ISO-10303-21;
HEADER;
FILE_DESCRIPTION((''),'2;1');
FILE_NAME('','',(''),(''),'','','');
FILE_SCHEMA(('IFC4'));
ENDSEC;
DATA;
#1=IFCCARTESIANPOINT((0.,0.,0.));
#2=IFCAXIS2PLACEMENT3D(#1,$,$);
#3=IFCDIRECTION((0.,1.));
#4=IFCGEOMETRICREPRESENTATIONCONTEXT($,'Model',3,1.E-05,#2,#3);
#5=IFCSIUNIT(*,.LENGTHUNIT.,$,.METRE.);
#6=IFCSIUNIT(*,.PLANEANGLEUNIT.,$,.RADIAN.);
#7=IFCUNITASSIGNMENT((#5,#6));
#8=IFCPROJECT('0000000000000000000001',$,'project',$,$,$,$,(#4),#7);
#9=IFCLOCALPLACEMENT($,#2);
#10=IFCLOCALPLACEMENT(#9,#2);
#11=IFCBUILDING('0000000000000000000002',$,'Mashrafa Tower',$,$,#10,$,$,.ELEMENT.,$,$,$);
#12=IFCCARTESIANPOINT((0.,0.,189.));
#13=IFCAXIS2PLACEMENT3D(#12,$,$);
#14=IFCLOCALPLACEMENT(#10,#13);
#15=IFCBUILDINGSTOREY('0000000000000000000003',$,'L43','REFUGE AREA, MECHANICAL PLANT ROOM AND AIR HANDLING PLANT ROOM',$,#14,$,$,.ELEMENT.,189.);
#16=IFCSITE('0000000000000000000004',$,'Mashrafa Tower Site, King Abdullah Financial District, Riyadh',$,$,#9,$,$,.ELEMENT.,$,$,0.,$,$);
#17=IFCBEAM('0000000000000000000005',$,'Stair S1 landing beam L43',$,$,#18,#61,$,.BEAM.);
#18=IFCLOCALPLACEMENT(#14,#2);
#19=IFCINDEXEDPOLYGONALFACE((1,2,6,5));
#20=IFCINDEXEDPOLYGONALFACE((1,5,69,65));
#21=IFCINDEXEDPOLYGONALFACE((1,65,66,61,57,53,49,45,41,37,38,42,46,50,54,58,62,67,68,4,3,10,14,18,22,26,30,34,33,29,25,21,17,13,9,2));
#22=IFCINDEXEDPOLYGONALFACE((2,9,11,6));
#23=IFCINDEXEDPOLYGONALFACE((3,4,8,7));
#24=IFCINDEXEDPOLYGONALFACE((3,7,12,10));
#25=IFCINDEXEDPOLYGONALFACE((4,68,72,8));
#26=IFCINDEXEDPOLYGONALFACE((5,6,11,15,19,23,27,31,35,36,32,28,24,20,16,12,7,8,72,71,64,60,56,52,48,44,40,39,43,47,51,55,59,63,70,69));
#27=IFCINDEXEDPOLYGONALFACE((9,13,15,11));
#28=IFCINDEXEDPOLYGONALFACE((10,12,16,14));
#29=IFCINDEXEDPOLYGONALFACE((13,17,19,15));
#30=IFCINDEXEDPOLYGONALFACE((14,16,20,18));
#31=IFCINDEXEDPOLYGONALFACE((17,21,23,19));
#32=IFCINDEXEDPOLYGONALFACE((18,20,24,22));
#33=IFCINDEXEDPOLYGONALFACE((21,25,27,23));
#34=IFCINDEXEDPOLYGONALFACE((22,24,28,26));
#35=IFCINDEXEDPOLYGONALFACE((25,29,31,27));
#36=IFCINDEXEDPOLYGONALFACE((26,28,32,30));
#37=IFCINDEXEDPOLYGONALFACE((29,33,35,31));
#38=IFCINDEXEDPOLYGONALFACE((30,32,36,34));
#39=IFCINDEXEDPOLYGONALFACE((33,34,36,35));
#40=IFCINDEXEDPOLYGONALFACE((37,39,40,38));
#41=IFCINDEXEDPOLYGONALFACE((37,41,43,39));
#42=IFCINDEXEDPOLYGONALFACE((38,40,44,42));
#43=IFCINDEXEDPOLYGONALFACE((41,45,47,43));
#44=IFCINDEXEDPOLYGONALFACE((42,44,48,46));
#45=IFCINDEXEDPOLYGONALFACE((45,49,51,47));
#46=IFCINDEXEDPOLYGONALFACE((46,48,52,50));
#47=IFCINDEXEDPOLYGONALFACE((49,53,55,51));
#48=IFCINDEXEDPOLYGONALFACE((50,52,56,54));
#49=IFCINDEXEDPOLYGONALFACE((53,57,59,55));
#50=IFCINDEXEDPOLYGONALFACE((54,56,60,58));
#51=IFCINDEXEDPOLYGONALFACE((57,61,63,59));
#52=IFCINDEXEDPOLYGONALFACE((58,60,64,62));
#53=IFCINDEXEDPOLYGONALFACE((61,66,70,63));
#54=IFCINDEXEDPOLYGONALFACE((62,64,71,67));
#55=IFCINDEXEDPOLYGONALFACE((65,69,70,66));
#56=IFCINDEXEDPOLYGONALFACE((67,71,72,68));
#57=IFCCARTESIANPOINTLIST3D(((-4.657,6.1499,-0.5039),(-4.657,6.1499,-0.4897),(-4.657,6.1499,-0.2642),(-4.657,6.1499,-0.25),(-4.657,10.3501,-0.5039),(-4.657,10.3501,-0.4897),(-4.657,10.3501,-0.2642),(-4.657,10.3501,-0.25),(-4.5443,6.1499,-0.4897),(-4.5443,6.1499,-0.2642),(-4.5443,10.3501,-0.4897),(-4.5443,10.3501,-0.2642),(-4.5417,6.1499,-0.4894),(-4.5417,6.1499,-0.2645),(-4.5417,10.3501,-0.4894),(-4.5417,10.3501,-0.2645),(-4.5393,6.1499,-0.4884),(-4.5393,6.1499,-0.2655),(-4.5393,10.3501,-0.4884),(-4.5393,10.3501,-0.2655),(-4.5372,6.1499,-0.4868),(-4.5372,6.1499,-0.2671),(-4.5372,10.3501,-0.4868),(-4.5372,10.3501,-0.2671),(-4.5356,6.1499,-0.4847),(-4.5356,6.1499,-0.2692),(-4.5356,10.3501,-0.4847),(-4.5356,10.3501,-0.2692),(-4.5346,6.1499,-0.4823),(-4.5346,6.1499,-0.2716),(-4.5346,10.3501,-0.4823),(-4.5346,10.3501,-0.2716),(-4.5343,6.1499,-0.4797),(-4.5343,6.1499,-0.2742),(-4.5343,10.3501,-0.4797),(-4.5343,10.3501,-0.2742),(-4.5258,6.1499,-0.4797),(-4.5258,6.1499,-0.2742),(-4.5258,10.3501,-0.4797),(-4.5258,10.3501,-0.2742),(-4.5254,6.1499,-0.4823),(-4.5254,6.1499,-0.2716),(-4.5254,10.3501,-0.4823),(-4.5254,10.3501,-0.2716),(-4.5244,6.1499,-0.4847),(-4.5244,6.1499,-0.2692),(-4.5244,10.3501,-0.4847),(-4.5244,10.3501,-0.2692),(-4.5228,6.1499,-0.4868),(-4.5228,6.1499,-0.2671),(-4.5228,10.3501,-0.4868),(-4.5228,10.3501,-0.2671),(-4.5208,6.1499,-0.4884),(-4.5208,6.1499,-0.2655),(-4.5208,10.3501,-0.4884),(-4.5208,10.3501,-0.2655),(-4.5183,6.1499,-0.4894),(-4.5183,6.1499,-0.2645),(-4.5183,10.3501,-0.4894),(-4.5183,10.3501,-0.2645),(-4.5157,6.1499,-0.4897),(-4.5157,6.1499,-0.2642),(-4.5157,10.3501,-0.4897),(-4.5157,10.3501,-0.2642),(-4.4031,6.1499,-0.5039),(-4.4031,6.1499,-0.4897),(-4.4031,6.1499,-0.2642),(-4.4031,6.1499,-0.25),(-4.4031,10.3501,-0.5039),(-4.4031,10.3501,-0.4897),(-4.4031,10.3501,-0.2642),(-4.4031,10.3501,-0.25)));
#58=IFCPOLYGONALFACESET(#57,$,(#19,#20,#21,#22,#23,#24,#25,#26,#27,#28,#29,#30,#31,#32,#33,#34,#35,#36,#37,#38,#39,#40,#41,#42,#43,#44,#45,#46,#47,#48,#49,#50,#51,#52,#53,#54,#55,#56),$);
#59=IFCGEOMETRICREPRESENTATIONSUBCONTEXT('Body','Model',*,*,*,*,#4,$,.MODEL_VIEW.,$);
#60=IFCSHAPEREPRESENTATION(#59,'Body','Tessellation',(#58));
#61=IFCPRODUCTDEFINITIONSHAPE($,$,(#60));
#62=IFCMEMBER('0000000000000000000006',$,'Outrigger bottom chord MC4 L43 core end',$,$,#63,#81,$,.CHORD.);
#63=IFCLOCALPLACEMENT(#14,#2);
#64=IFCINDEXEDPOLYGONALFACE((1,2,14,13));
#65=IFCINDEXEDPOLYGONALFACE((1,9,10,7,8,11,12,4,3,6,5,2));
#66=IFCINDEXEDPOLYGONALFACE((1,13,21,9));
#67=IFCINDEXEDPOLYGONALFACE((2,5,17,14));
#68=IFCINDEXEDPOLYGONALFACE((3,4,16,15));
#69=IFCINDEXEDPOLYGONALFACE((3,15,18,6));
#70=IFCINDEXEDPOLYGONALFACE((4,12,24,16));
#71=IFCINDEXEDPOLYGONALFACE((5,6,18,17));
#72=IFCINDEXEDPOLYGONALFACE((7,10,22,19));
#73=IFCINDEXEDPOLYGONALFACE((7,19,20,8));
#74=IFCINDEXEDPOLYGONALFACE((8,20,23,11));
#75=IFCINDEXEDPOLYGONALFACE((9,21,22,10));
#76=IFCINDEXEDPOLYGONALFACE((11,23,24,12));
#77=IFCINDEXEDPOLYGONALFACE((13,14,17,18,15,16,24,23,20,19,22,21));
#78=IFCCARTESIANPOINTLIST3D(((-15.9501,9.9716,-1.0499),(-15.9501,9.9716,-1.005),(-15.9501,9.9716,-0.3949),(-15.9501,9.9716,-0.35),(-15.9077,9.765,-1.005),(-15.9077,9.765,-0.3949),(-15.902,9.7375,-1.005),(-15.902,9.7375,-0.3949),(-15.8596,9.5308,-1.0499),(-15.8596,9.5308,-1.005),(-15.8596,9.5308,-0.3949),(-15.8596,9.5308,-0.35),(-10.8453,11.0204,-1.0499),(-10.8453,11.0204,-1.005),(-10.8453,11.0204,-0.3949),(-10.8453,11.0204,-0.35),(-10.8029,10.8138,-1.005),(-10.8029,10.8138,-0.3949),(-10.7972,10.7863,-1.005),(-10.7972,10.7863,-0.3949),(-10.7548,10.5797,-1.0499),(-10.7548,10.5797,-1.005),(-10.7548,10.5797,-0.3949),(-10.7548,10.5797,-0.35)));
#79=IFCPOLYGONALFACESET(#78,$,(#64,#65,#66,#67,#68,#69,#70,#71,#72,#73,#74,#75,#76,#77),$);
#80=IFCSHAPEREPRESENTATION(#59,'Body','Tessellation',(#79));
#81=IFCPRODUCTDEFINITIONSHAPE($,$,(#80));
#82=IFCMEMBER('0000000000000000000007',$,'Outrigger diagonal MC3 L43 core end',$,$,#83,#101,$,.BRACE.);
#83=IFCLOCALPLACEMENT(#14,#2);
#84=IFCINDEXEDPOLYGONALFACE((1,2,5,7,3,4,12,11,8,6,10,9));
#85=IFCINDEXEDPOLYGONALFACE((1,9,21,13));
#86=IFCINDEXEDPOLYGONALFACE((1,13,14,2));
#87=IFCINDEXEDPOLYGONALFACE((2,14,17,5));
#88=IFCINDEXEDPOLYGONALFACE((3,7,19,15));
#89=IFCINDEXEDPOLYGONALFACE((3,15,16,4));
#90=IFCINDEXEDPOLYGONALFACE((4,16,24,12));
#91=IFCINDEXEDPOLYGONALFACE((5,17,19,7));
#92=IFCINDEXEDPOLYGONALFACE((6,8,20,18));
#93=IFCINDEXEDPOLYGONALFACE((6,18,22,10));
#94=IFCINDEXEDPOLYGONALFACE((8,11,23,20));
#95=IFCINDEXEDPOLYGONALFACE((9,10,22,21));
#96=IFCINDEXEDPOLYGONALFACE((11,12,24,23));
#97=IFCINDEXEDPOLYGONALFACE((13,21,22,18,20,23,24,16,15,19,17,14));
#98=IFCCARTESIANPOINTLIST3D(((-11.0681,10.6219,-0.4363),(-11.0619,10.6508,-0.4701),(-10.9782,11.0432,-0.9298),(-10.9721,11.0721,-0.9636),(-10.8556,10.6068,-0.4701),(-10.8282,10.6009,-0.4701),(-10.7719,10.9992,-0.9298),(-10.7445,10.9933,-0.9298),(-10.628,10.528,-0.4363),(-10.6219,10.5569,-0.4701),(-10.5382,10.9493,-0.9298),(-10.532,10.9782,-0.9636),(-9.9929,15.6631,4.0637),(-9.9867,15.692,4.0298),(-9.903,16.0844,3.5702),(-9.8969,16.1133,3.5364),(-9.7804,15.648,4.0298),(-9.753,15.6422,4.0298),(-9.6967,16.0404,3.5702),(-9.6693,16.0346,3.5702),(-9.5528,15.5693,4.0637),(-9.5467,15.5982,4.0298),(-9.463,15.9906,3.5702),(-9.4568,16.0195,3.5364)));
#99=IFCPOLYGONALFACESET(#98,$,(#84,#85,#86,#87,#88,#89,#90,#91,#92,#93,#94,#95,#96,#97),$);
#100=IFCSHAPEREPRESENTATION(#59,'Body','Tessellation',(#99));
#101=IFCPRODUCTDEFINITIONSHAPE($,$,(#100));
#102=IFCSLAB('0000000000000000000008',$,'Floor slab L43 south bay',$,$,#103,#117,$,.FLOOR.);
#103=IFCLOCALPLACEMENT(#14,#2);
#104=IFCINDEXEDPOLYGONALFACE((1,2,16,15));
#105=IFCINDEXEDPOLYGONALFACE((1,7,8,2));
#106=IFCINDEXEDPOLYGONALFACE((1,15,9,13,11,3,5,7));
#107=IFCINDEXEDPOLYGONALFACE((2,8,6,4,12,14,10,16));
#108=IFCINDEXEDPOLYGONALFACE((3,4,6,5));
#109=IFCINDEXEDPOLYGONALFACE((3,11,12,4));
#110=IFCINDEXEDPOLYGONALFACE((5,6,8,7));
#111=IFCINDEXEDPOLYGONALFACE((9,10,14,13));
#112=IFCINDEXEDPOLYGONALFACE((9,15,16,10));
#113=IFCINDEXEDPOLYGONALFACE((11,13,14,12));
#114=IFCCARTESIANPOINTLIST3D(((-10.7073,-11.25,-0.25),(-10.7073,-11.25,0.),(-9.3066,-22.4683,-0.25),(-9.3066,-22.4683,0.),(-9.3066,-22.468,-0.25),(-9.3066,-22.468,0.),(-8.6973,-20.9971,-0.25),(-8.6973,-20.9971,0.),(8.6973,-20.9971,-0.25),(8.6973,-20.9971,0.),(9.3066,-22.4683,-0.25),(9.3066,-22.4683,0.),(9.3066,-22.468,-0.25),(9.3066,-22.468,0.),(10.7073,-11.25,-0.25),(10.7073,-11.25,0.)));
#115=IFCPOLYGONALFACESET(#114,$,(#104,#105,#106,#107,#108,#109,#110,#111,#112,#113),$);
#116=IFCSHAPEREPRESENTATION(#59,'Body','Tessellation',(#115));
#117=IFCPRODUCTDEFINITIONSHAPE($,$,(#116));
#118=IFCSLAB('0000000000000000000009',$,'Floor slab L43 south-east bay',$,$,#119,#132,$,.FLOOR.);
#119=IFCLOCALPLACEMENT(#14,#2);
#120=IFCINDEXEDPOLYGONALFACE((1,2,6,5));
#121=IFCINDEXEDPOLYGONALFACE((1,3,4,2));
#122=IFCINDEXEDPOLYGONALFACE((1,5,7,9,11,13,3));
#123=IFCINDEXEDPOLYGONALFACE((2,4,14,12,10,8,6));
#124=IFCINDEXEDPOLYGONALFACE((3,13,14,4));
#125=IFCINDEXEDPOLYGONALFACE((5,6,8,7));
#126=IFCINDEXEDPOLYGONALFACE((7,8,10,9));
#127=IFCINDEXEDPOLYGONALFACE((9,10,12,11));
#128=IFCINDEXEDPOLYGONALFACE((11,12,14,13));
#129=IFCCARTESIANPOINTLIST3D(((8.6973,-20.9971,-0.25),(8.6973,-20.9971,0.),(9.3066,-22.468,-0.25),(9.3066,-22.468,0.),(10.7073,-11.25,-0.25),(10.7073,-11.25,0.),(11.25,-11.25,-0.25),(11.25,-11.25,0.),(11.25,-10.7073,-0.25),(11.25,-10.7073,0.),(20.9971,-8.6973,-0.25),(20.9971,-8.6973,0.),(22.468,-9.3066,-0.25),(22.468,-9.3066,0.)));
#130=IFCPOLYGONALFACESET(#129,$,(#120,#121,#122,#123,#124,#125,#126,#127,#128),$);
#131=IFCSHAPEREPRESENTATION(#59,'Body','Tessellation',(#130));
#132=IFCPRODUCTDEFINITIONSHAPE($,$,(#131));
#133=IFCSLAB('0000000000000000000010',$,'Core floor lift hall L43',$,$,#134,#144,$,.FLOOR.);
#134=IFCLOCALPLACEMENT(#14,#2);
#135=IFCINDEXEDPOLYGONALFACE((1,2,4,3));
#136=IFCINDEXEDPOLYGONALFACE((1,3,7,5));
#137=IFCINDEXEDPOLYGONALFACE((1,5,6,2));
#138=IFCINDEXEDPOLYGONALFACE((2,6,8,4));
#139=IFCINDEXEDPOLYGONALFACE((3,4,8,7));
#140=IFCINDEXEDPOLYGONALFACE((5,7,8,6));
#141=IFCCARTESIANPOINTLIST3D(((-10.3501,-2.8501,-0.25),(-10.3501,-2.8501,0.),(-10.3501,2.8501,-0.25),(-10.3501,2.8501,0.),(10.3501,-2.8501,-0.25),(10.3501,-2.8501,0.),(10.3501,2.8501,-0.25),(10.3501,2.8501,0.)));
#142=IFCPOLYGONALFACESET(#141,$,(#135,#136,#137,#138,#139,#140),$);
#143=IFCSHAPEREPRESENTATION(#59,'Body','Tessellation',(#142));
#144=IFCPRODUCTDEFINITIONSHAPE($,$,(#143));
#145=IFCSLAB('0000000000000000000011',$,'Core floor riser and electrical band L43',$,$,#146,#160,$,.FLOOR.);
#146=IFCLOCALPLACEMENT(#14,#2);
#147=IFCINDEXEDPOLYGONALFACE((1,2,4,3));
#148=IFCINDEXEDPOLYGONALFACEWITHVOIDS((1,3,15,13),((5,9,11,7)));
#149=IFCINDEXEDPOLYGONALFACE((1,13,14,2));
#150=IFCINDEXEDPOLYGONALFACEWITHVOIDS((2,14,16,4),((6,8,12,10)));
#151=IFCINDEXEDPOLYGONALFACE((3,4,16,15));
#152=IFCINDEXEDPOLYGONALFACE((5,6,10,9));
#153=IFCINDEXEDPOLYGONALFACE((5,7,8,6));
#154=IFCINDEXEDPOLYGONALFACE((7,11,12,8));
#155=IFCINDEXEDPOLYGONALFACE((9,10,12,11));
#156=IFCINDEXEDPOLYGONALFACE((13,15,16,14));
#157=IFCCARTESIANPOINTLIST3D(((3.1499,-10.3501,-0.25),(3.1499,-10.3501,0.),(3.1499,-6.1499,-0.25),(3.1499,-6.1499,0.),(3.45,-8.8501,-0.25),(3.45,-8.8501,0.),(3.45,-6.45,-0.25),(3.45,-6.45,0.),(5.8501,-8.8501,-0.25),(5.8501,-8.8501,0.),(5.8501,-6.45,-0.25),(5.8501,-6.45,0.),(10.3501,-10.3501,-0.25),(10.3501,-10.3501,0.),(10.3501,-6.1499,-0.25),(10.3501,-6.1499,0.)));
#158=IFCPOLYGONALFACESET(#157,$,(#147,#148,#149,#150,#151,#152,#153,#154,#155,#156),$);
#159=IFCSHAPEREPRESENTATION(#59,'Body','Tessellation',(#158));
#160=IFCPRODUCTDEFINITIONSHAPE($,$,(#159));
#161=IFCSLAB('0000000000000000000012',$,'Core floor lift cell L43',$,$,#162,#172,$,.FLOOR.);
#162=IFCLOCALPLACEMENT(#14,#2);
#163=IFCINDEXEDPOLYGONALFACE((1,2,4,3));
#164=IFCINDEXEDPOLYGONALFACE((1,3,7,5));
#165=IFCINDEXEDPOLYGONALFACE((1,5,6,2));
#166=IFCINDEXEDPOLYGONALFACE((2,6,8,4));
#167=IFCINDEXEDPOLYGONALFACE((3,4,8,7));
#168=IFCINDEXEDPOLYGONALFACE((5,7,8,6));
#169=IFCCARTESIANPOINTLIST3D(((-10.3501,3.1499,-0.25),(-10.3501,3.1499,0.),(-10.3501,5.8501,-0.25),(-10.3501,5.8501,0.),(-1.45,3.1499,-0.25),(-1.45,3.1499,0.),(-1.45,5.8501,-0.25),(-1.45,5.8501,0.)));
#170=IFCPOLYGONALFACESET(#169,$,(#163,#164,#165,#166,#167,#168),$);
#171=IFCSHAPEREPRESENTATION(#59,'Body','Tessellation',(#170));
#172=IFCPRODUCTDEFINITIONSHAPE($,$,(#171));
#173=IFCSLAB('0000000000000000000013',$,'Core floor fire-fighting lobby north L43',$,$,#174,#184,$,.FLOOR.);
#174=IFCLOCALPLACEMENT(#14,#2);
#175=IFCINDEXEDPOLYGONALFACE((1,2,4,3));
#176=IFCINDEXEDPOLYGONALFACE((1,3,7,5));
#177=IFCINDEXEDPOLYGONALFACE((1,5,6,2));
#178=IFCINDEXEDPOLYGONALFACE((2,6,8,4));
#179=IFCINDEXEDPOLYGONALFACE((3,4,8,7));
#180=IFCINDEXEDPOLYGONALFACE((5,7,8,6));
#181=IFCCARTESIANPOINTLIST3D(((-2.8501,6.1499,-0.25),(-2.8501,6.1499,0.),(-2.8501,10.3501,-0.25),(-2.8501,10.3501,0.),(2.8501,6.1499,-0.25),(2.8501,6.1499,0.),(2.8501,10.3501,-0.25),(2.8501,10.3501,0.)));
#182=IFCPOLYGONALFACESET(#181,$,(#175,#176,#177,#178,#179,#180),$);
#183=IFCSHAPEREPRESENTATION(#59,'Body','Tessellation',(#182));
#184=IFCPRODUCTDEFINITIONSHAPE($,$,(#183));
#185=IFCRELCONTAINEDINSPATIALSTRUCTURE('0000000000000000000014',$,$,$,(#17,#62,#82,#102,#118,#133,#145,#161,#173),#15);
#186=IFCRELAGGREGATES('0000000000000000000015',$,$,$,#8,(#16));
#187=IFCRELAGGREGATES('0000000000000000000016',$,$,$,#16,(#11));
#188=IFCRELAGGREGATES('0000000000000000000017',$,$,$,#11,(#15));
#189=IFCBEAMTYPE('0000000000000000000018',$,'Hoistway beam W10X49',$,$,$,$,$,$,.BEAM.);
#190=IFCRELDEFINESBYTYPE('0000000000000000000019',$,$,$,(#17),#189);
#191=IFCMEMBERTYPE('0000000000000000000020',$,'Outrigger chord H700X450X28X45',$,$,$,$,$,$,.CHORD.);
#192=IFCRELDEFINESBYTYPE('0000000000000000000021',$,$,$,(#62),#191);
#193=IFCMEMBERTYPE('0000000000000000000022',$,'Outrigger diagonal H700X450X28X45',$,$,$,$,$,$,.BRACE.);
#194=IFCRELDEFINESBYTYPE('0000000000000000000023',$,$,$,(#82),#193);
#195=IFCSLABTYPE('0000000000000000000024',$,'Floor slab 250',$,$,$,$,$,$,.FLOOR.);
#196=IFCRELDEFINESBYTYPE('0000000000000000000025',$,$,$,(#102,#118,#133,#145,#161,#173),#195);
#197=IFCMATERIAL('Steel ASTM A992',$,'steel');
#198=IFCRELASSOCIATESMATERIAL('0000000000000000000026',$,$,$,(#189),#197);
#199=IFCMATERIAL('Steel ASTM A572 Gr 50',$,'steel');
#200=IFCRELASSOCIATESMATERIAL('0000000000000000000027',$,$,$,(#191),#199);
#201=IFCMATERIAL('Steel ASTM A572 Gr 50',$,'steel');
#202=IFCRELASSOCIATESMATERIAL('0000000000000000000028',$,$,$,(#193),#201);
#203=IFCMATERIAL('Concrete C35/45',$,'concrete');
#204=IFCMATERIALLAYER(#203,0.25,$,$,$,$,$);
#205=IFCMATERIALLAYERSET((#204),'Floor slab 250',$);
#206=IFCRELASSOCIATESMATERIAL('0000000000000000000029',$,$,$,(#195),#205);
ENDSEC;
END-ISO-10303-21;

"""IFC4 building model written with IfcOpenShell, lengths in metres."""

from ifc_helpers import new_model, si_unit, direction, frame, origin, origin_2d, place, context, subcontext, project, spatial, polyline, i_section, outline, extrude, source, transform, mapped, material, layer, layer_set, material_profile, profile_set, type_object, type_shapes, element, save


model = new_model("IFC4")

# Units and contexts
model_context = context("Model", 3, precision=1e-05, world=origin(), true_north=direction((0.0, 1.0)))
body_context = subcontext(model_context, "Body", "Model", "MODEL_VIEW")
ifc_project = project(units=[si_unit("LENGTHUNIT", "METRE"), si_unit("PLANEANGLEUNIT", "RADIAN")], contexts=[model_context])

# Site, building, storey
site_placement = place(None, origin())
site = spatial("IfcSite", under=ifc_project, at=site_placement, Name="Mashrafa Tower Site, King Abdullah Financial District, Riyadh", CompositionType="ELEMENT", RefElevation=0.0)
building_placement = place(site_placement, origin())
building = spatial("IfcBuilding", under=site, at=building_placement, Name="Mashrafa Tower", CompositionType="ELEMENT")
storey_placement = place(building_placement, frame((0.0, 0.0, 189.0)))
storey = spatial("IfcBuildingStorey", under=building, at=storey_placement, Name="L43", Description="REFUGE AREA, MECHANICAL PLANT ROOM AND AIR HANDLING PLANT ROOM", CompositionType="ELEMENT", Elevation=189.0)

# Beam
ifc_material_1 = material(Name="Steel ASTM A992", Category="steel")
ifc_material_profile_1 = material_profile(ifc_material_1, i_section(OverallWidth=0.2539, OverallDepth=0.2539, WebThickness=0.0085, FlangeThickness=0.0142, FilletRadius=0.01, at=origin_2d()), Name="W10X49")
ifc_profile_set_1 = profile_set([ifc_material_profile_1], Name="Steel ASTM A992")
beam_type = type_object("IfcBeamType", Name="Hoistway beam W10X49", PredefinedType="BEAM", material=ifc_profile_set_1)
beam_placement = place(storey_placement, frame((-4.53, 6.1499, -0.377), z_axis=(0.0, 1.0, 0.0), x_axis=(-1.0, 0.0, 0.0)))
element("IfcBeam", 1, at=beam_placement, inside=storey, type_object=beam_type, Name="Stair S1 landing beam L43", PredefinedType="BEAM", context=body_context, shape_type="SweptSolid", body=[
    extrude(i_section(OverallWidth=0.2539, OverallDepth=0.2539, WebThickness=0.0085, FlangeThickness=0.0142, FilletRadius=0.01, at=origin_2d()), origin(), (0.0, 0.0, 1.0), 4.2002),
])

# Members
ifc_material_2 = material(Name="Steel ASTM A572 Gr 50", Category="steel")
ifc_material_profile_2 = material_profile(ifc_material_2, i_section(OverallWidth=0.45, OverallDepth=0.7, WebThickness=0.0281, FlangeThickness=0.0449, at=origin_2d()), Name="H700X450X28X45")
ifc_profile_set_2 = profile_set([ifc_material_profile_2], Name="Steel ASTM A572 Gr 50")
member_type_1 = type_object("IfcMemberType", Name="Outrigger chord H700X450X28X45", PredefinedType="CHORD", material=ifc_profile_set_2)
shared_shape_1 = source(origin(), body_context, "Body", "SweptSolid", [
    extrude(i_section(OverallWidth=0.45, OverallDepth=0.7, WebThickness=0.0281, FlangeThickness=0.0449, at=origin_2d()), origin(), (0.0, 0.0, 1.0), 5.2114),
])
type_shapes(member_type_1, [shared_shape_1])
member_1_placement = place(storey_placement, frame((-10.8, 10.8, -0.7), z_axis=(-0.979538, -0.201258, 0.0), x_axis=(0.201258, -0.979538, 0.0)))
element("IfcMember", 2, at=member_1_placement, inside=storey, type_object=member_type_1, Name="Outrigger bottom chord MC4 L43 core end", PredefinedType="CHORD", context=body_context, shape_type="MappedRepresentation", body=[
    mapped(shared_shape_1, transform((0.0, 0.0, 0.0))),
])
ifc_material_3 = material(Name="Steel ASTM A572 Gr 50", Category="steel")
ifc_material_profile_3 = material_profile(ifc_material_3, i_section(OverallWidth=0.45, OverallDepth=0.7, WebThickness=0.0281, FlangeThickness=0.0449, at=origin_2d()), Name="H700X450X28X45")
ifc_profile_set_3 = profile_set([ifc_material_profile_3], Name="Steel ASTM A572 Gr 50")
member_type_2 = type_object("IfcMemberType", Name="Outrigger diagonal H700X450X28X45", PredefinedType="BRACE", material=ifc_profile_set_3)
shared_shape_2 = source(origin(), body_context, "Body", "SweptSolid", [
    extrude(i_section(OverallWidth=0.45, OverallDepth=0.7, WebThickness=0.0281, FlangeThickness=0.0449, at=origin_2d()), origin(), (0.0, 0.0, 1.0), 6.8425),
])
type_shapes(member_type_2, [shared_shape_2])
member_2_placement = place(storey_placement, frame((-10.8, 10.8, -0.7), z_axis=(0.157134, 0.736753, 0.657651), x_axis=(-0.978004, 0.208588, 0.0)))
element("IfcMember", 3, at=member_2_placement, inside=storey, type_object=member_type_2, Name="Outrigger diagonal MC3 L43 core end", PredefinedType="BRACE", context=body_context, shape_type="MappedRepresentation", body=[
    mapped(shared_shape_2, transform((0.0, 0.0, 0.0))),
])

# Slabs
ifc_material_4 = material(Name="Concrete C35/45", Category="concrete")
ifc_layer_1 = layer(ifc_material_4, 0.25)
ifc_layer_set_1 = layer_set([ifc_layer_1], Name="Floor slab 250")
slab_type = type_object("IfcSlabType", Name="Floor slab 250", PredefinedType="FLOOR", material=ifc_layer_set_1)
slab_1_placement = place(storey_placement, frame((0.0, 0.0, -0.25)))
element("IfcSlab", 4, at=slab_1_placement, inside=storey, type_object=slab_type, Name="Floor slab L43 south bay", PredefinedType="FLOOR", context=body_context, shape_type="SweptSolid", body=[
    extrude(outline(polyline([(-9.3066, -22.4683), (-9.3066, -22.468), (-8.6973, -20.9971), (-10.7073, -11.25), (10.7073, -11.25), (8.6973, -20.9971), (9.3066, -22.468), (9.3066, -22.4683), (-9.3066, -22.4683)])), origin(), (0.0, 0.0, 1.0), 0.25),
])
slab_2_placement = place(storey_placement, frame((0.0, 0.0, -0.25)))
element("IfcSlab", 5, at=slab_2_placement, inside=storey, type_object=slab_type, Name="Floor slab L43 south-east bay", PredefinedType="FLOOR", context=body_context, shape_type="SweptSolid", body=[
    extrude(outline(polyline([(9.3066, -22.468), (8.6973, -20.9971), (10.7073, -11.25), (11.25, -11.25), (11.25, -10.7073), (20.9971, -8.6973), (22.468, -9.3066), (9.3066, -22.468)])), origin(), (0.0, 0.0, 1.0), 0.25),
])
slab_3_placement = place(storey_placement, frame((0.0, 0.0, -0.25)))
element("IfcSlab", 6, at=slab_3_placement, inside=storey, type_object=slab_type, Name="Core floor lift hall L43", PredefinedType="FLOOR", context=body_context, shape_type="SweptSolid", body=[
    extrude(outline(polyline([(10.3501, 2.8501), (10.3501, -2.8501), (-10.3501, -2.8501), (-10.3501, 2.8501), (10.3501, 2.8501)])), origin(), (0.0, 0.0, 1.0), 0.25),
])
slab_4_placement = place(storey_placement, frame((0.0, 0.0, -0.25)))
element("IfcSlab", 7, at=slab_4_placement, inside=storey, type_object=slab_type, Name="Core floor riser and electrical band L43", PredefinedType="FLOOR", context=body_context, shape_type="SweptSolid", body=[
    extrude(outline(polyline([(10.3501, -6.1499), (10.3501, -10.3501), (3.1499, -10.3501), (3.1499, -6.1499), (10.3501, -6.1499)]), holes=[polyline([(3.45, -8.8501), (5.8501, -8.8501), (5.8501, -6.45), (3.45, -6.45), (3.45, -8.8501)])]), origin(), (0.0, 0.0, 1.0), 0.25),
])
slab_5_placement = place(storey_placement, frame((0.0, 0.0, -0.25)))
element("IfcSlab", 8, at=slab_5_placement, inside=storey, type_object=slab_type, Name="Core floor lift cell L43", PredefinedType="FLOOR", context=body_context, shape_type="SweptSolid", body=[
    extrude(outline(polyline([(-1.45, 5.8501), (-1.45, 3.1499), (-10.3501, 3.1499), (-10.3501, 5.8501), (-1.45, 5.8501)])), origin(), (0.0, 0.0, 1.0), 0.25),
])
slab_6_placement = place(storey_placement, frame((0.0, 0.0, -0.25)))
element("IfcSlab", 9, at=slab_6_placement, inside=storey, type_object=slab_type, Name="Core floor fire-fighting lobby north L43", PredefinedType="FLOOR", context=body_context, shape_type="SweptSolid", body=[
    extrude(outline(polyline([(-2.8501, 10.3501), (2.8501, 10.3501), (2.8501, 6.1499), (-2.8501, 6.1499), (-2.8501, 10.3501)])), origin(), (0.0, 0.0, 1.0), 0.25),
])

save(model, "model.ifc")
